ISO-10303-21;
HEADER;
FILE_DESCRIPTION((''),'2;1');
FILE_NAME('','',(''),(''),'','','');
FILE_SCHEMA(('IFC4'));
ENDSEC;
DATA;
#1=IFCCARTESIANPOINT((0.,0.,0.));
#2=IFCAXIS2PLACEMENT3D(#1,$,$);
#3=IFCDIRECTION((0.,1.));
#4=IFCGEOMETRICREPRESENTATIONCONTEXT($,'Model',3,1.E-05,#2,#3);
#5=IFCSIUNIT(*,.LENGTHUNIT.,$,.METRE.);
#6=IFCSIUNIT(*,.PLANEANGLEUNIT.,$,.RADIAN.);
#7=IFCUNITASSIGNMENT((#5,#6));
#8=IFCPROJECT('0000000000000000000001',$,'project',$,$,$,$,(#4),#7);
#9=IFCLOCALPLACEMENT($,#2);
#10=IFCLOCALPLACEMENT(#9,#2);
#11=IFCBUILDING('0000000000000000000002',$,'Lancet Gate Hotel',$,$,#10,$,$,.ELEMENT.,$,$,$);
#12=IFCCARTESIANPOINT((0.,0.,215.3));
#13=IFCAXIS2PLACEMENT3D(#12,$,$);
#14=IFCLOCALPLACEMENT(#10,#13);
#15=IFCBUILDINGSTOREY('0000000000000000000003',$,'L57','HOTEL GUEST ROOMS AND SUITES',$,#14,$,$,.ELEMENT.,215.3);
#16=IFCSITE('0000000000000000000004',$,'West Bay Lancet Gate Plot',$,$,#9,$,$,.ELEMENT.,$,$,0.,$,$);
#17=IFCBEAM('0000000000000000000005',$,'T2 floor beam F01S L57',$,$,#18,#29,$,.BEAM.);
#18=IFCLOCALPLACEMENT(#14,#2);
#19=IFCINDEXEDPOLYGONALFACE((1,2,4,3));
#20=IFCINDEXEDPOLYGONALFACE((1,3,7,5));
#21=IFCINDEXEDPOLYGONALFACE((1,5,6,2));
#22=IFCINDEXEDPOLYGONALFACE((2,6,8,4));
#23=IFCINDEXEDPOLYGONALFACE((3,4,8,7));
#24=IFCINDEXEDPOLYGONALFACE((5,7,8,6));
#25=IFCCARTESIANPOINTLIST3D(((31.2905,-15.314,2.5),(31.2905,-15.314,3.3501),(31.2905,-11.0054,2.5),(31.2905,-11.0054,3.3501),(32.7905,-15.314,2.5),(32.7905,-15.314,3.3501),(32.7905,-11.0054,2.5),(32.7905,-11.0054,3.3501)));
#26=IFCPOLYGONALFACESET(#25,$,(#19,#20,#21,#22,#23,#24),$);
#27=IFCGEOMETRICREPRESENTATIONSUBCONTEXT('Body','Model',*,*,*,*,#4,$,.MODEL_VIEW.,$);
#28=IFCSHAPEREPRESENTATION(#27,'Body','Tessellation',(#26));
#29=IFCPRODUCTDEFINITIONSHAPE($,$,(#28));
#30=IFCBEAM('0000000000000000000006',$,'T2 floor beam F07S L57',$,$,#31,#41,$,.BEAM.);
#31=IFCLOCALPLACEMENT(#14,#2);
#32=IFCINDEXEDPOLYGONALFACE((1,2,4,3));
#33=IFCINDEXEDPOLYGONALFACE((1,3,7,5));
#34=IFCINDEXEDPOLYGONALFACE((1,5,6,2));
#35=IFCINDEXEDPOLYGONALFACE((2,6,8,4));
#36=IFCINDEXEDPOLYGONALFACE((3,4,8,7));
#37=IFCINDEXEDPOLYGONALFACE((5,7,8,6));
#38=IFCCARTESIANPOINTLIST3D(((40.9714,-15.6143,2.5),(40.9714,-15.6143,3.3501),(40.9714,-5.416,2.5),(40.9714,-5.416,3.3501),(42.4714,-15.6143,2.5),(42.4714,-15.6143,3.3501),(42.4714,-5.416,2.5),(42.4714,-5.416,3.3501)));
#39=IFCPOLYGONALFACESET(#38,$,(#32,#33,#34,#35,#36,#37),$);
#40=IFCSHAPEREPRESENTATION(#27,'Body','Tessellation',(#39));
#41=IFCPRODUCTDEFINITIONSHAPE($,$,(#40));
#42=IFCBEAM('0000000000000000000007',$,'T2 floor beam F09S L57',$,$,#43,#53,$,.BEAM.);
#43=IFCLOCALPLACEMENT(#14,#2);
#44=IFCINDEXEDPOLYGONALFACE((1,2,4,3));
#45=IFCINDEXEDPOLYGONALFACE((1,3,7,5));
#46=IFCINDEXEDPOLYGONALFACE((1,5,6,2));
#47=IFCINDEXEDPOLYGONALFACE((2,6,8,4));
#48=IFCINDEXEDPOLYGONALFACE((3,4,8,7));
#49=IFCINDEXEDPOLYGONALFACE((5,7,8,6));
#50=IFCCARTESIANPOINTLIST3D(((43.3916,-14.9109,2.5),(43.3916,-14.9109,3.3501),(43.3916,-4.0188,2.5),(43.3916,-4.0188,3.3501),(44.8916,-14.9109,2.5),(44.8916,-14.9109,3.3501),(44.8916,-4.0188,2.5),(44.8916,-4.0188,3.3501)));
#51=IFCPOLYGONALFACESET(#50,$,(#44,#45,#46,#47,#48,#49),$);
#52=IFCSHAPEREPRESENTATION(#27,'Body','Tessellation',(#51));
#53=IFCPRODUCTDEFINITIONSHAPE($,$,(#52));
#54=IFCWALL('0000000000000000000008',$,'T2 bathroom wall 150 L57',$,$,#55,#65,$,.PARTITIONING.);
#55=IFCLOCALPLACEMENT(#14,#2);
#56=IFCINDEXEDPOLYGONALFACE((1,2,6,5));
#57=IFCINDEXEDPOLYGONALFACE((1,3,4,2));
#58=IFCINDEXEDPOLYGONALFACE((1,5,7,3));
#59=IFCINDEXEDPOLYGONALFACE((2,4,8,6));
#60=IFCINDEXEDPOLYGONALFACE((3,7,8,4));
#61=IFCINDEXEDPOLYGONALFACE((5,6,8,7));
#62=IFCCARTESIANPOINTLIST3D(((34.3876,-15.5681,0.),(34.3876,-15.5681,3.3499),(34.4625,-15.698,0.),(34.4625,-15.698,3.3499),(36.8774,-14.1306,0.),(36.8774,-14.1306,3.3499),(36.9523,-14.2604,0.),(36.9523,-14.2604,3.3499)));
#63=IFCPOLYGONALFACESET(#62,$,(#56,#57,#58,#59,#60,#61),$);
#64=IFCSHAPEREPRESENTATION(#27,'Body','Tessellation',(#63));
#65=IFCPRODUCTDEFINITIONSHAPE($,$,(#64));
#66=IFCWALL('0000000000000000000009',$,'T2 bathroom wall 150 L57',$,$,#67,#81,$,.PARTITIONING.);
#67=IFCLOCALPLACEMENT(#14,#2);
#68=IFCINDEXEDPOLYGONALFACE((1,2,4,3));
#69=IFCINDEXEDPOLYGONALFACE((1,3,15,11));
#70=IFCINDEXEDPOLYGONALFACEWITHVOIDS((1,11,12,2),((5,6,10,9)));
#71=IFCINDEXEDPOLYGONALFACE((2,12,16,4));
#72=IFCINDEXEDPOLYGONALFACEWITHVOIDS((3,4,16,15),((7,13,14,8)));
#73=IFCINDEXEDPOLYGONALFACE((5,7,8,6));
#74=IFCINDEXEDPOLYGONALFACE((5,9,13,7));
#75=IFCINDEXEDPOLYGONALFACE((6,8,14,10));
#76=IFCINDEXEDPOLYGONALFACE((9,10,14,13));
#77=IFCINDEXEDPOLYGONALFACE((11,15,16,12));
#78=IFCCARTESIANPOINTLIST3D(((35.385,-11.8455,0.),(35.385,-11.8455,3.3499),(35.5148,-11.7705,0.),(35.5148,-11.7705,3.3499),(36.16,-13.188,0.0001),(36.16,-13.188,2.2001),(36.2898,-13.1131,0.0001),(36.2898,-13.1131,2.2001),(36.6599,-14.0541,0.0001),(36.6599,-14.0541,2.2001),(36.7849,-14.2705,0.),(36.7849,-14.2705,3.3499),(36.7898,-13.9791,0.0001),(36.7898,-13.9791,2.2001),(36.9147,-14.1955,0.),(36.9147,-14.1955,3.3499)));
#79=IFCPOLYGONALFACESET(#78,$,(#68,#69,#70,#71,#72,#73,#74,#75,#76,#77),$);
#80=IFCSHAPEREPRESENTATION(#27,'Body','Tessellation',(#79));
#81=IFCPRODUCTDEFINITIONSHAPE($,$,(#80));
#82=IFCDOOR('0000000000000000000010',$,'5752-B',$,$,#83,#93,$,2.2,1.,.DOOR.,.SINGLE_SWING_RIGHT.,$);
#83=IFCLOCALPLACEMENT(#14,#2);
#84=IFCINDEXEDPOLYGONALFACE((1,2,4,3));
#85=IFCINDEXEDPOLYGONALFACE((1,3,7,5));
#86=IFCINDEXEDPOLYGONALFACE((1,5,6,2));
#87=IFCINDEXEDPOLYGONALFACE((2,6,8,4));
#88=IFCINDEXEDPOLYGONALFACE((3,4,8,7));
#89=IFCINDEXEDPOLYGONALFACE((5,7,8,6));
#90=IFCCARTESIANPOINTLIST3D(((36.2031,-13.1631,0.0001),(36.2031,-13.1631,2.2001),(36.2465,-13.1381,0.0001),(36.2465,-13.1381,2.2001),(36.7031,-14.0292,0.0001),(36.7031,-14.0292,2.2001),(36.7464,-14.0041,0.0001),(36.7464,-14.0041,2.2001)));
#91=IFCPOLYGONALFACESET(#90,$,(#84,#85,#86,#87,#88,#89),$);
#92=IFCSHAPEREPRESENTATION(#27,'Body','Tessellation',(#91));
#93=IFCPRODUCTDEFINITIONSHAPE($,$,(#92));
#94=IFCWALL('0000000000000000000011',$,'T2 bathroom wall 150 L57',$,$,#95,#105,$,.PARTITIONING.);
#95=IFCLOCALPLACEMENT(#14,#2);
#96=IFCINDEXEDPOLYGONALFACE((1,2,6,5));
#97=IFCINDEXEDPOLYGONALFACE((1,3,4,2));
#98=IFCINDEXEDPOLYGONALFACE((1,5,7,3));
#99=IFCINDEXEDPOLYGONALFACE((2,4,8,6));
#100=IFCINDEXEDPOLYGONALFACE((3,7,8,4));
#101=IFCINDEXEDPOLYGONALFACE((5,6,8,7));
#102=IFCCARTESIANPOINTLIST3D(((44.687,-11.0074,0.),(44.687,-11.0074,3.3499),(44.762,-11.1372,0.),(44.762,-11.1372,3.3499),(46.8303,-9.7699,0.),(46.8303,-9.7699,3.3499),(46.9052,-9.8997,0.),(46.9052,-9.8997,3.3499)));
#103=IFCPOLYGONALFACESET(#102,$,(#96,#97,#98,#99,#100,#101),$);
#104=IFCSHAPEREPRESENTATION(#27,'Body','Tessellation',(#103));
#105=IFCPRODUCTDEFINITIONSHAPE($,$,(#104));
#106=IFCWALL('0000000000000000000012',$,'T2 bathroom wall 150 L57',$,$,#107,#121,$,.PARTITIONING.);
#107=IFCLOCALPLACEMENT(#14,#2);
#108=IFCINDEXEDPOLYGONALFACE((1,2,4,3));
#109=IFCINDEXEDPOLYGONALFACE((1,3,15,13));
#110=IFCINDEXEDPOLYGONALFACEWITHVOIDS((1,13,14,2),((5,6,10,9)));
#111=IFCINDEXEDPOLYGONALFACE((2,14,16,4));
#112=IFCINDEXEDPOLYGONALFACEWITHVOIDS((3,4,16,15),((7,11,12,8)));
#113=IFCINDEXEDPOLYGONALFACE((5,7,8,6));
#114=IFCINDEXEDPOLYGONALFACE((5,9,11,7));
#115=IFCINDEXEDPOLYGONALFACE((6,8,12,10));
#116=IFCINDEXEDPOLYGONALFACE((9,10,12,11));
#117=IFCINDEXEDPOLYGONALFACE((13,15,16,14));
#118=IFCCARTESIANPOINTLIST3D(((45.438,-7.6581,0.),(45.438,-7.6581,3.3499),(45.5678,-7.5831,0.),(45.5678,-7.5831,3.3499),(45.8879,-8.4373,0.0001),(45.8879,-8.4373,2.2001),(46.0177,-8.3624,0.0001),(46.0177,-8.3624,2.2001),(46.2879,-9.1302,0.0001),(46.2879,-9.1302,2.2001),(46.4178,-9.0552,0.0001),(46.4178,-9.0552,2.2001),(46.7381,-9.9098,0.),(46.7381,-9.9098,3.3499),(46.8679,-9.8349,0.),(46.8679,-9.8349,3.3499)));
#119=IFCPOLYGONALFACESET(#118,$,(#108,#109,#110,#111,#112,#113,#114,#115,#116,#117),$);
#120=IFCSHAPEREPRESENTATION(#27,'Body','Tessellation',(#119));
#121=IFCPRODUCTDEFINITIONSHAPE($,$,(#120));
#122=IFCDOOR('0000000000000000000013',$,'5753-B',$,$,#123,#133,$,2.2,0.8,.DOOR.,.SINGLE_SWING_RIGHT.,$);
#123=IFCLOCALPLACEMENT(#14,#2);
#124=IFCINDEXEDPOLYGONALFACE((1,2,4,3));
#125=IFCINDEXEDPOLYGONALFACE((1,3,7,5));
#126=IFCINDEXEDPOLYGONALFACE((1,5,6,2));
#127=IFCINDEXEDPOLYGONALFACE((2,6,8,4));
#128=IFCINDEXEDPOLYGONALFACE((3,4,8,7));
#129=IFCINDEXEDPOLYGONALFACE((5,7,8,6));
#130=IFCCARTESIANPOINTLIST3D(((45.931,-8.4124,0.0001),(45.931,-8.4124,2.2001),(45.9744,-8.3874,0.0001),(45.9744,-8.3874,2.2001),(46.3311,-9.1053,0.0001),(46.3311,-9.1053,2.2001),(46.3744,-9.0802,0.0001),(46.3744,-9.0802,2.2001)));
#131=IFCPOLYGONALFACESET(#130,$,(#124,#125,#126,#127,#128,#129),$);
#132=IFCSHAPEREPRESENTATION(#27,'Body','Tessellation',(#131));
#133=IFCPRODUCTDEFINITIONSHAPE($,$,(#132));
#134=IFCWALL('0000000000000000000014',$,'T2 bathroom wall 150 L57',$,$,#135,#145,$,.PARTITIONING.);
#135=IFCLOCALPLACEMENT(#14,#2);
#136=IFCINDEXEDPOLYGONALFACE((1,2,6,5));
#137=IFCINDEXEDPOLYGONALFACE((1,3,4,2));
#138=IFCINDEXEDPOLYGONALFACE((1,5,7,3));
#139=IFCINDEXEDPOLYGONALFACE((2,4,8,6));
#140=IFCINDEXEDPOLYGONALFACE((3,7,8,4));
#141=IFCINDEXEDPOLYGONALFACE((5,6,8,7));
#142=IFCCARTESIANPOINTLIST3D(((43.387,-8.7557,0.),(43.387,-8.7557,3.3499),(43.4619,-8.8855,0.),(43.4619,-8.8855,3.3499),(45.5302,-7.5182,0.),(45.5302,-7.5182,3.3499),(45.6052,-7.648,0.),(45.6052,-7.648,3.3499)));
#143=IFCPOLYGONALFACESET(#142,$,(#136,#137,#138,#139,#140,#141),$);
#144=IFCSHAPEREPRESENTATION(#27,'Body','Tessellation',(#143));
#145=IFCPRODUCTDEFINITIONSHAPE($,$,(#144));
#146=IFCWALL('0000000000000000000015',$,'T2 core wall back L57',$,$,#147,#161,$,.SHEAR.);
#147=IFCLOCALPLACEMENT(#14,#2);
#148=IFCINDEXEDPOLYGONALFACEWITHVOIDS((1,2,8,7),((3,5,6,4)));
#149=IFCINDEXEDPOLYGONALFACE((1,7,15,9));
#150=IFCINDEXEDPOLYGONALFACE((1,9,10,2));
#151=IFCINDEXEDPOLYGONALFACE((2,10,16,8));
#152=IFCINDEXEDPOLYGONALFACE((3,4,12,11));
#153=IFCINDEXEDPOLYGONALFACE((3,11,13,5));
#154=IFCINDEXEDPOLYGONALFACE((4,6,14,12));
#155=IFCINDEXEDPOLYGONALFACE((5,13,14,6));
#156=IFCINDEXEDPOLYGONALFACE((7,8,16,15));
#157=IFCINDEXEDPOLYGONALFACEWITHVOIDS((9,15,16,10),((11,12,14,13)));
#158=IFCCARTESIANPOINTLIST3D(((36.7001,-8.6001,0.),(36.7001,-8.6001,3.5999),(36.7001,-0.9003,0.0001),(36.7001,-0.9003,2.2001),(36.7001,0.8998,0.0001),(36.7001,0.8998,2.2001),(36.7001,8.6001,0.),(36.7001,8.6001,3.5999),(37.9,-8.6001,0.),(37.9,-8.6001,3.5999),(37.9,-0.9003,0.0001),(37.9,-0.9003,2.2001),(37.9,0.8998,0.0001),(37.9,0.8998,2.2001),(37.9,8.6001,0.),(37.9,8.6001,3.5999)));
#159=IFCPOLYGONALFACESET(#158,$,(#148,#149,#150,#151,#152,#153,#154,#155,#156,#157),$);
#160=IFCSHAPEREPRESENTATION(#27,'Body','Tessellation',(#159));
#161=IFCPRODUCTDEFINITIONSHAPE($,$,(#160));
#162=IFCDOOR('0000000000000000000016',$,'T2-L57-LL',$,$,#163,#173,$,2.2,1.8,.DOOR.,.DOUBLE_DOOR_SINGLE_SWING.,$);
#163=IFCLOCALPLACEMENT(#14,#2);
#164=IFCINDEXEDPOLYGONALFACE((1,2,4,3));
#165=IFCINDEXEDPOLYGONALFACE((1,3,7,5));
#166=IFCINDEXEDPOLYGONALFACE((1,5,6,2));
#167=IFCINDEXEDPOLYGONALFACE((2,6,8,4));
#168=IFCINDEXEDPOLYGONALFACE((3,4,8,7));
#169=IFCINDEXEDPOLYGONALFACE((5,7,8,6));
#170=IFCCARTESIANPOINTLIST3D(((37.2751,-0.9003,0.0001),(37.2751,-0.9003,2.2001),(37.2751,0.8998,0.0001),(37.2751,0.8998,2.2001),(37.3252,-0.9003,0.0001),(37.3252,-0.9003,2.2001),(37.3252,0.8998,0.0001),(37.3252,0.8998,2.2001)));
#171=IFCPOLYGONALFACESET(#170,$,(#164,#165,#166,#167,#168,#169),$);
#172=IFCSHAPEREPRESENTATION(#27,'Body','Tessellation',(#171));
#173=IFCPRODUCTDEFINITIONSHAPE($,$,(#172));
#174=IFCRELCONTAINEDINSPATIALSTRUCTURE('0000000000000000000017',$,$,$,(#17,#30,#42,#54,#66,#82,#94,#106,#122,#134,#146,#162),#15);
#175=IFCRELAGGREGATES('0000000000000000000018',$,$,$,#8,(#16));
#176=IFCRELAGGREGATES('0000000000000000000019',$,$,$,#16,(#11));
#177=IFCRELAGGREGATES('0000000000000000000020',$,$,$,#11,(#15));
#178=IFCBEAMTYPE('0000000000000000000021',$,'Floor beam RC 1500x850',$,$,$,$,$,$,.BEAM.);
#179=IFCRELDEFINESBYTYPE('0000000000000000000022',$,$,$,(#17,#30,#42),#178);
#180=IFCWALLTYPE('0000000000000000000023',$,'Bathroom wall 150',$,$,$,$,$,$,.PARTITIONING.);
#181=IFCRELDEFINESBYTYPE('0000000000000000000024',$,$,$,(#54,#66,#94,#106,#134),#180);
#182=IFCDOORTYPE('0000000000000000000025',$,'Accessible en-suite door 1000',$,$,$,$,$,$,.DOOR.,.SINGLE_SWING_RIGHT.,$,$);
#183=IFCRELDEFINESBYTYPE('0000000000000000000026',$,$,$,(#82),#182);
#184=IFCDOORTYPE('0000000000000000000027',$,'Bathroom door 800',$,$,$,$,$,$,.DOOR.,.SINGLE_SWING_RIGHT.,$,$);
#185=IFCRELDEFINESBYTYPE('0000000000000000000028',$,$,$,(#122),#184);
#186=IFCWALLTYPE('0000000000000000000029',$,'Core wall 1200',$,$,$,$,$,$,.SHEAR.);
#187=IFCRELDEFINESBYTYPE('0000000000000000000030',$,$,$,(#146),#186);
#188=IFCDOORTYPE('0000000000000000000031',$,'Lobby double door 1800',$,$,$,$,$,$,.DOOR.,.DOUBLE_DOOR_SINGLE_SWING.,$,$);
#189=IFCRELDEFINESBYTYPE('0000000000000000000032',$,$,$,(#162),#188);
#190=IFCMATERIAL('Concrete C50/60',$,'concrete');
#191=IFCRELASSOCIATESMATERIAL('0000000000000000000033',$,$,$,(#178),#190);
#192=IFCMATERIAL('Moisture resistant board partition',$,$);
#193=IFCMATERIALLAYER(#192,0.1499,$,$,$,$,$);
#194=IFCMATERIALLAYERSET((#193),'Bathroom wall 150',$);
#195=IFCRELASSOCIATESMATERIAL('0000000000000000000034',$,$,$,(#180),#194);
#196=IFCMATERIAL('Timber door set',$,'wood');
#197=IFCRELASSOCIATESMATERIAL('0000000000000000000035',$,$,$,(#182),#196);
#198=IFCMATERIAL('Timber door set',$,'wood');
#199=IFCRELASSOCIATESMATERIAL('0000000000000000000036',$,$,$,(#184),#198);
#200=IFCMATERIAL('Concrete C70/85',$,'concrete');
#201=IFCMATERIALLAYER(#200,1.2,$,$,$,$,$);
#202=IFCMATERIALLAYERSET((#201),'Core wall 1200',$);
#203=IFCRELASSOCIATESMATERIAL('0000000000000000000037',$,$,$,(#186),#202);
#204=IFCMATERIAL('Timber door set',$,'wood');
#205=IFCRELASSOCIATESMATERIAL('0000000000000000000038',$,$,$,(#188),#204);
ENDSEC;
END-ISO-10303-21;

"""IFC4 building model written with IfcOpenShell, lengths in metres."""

from ifc_helpers import new_model, si_unit, direction, frame, frame_2d, origin, origin_2d, place, context, subcontext, project, spatial, rectangle, extrude, material, layer, layer_set, material_profile, profile_set, type_object, element, fill, save


model = new_model("IFC4")

# Units and contexts
model_context = context("Model", 3, precision=1e-05, world=origin(), true_north=direction((0.0, 1.0)))
body_context = subcontext(model_context, "Body", "Model", "MODEL_VIEW")
ifc_project = project(units=[si_unit("LENGTHUNIT", "METRE"), si_unit("PLANEANGLEUNIT", "RADIAN")], contexts=[model_context])

# Site, building, storey
site_placement = place(None, origin())
site = spatial("IfcSite", under=ifc_project, at=site_placement, Name="West Bay Lancet Gate Plot", CompositionType="ELEMENT", RefElevation=0.0)
building_placement = place(site_placement, origin())
building = spatial("IfcBuilding", under=site, at=building_placement, Name="Lancet Gate Hotel", CompositionType="ELEMENT")
storey_placement = place(building_placement, frame((0.0, 0.0, 215.3)))
storey = spatial("IfcBuildingStorey", under=building, at=storey_placement, Name="L57", Description="HOTEL GUEST ROOMS AND SUITES", CompositionType="ELEMENT", Elevation=215.3)

# Beams
ifc_material_1 = material(Name="Concrete C50/60", Category="concrete")
ifc_material_profile = material_profile(ifc_material_1, rectangle(XDim=1.5, YDim=0.8501, at=origin_2d()), Name="RC 1500x850")
ifc_profile_set = profile_set([ifc_material_profile], Name="Concrete C50/60")
beam_type = type_object("IfcBeamType", Name="Floor beam RC 1500x850", PredefinedType="BEAM", material=ifc_profile_set)
beam_1_placement = place(storey_placement, frame((32.0405, -15.314, 2.925), z_axis=(0.0, 1.0, 0.0), x_axis=(-1.0, 0.0, 0.0)))
element("IfcBeam", 1, at=beam_1_placement, inside=storey, type_object=beam_type, Name="T2 floor beam F01S L57", PredefinedType="BEAM", context=body_context, shape_type="SweptSolid", body=[
    extrude(rectangle(XDim=1.5, YDim=0.8501, at=origin_2d()), origin(), (0.0, 0.0, 1.0), 4.3086),
])
beam_2_placement = place(storey_placement, frame((41.7214, -15.6143, 2.925), z_axis=(0.0, 1.0, 0.0), x_axis=(-1.0, 0.0, 0.0)))
element("IfcBeam", 2, at=beam_2_placement, inside=storey, type_object=beam_type, Name="T2 floor beam F07S L57", PredefinedType="BEAM", context=body_context, shape_type="SweptSolid", body=[
    extrude(rectangle(XDim=1.5, YDim=0.8501, at=origin_2d()), origin(), (0.0, 0.0, 1.0), 10.1982),
])
beam_3_placement = place(storey_placement, frame((44.1416, -14.9109, 2.925), z_axis=(0.0, 1.0, 0.0), x_axis=(-1.0, 0.0, 0.0)))
element("IfcBeam", 3, at=beam_3_placement, inside=storey, type_object=beam_type, Name="T2 floor beam F09S L57", PredefinedType="BEAM", context=body_context, shape_type="SweptSolid", body=[
    extrude(rectangle(XDim=1.5, YDim=0.8501, at=origin_2d()), origin(), (0.0, 0.0, 1.0), 10.8921),
])

# Wall
ifc_material_2 = material(Name="Moisture resistant board partition")
ifc_layer_1 = layer(ifc_material_2, 0.1499)
ifc_layer_set_1 = layer_set([ifc_layer_1], Name="Bathroom wall 150")
wall_type_1 = type_object("IfcWallType", Name="Bathroom wall 150", PredefinedType="PARTITIONING", material=ifc_layer_set_1)
wall_1_placement = place(storey_placement, frame((34.425, -15.6331, 0.0), z_axis=(0.0, 0.0, 1.0), x_axis=(0.866019, 0.500012, 0.0)))
element("IfcWall", 4, at=wall_1_placement, inside=storey, type_object=wall_type_1, Name="T2 bathroom wall 150 L57", PredefinedType="PARTITIONING", context=body_context, shape_type="SweptSolid", body=[
    extrude(rectangle(XDim=2.875, YDim=0.1499, at=frame_2d((1.4375, 0.0))), origin(), (0.0, 0.0, 1.0), 3.3499),
])

# Wall, opening, door
wall_2_placement = place(storey_placement, frame((35.45, -11.8081, 0.0), z_axis=(0.0, 0.0, 1.0), x_axis=(0.499946, -0.866056, 0.0)))
wall_2 = element("IfcWall", 5, at=wall_2_placement, inside=storey, type_object=wall_type_1, Name="T2 bathroom wall 150 L57", PredefinedType="PARTITIONING", context=body_context, shape_type="SweptSolid", body=[
    extrude(rectangle(XDim=2.8, YDim=0.1499, at=frame_2d((1.3999, 0.0))), origin(), (0.0, 0.0, 1.0), 3.3499),
])
opening_1_placement = place(wall_2_placement, frame((1.55, 0.0, 0.0)))
opening_1 = element("IfcOpeningElement", 6, at=opening_1_placement, cuts=wall_2, PredefinedType="OPENING", context=body_context, shape_type="SweptSolid", body=[
    extrude(rectangle(XDim=1.0, YDim=2.2, at=frame_2d((0.5, 1.1001))), frame((0.0, 0.085, 0.0), z_axis=(0.0, -1.0, 0.0), x_axis=(1.0, 0.0, 0.0)), (0.0, 0.0, 1.0), 0.1699),
])
ifc_material_3 = material(Name="Timber door set", Category="wood")
door_type_1 = type_object("IfcDoorType", Name="Accessible en-suite door 1000", OperationType="SINGLE_SWING_RIGHT", PredefinedType="DOOR", material=ifc_material_3)
door_1_placement = place(opening_1_placement, origin())
door_1 = element("IfcDoor", 7, at=door_1_placement, inside=storey, type_object=door_type_1, Name="5752-B", OperationType="SINGLE_SWING_RIGHT", OverallHeight=2.2, OverallWidth=1.0, PredefinedType="DOOR", context=body_context, shape_type="SweptSolid", body=[
    extrude(rectangle(XDim=1.0, YDim=2.2, at=frame_2d((0.5, 1.1001))), frame((0.0, 0.0249, 0.0), z_axis=(0.0, -1.0, 0.0), x_axis=(1.0, 0.0, 0.0)), (0.0, 0.0, 1.0), 0.05),
])
fill(opening_1, door_1)

# Wall
wall_3_placement = place(storey_placement, frame((44.7246, -11.0723, 0.0), z_axis=(0.0, 0.0, 1.0), x_axis=(0.866007, 0.500033, 0.0)))
element("IfcWall", 8, at=wall_3_placement, inside=storey, type_object=wall_type_1, Name="T2 bathroom wall 150 L57", PredefinedType="PARTITIONING", context=body_context, shape_type="SweptSolid", body=[
    extrude(rectangle(XDim=2.4749, YDim=0.1499, at=frame_2d((1.2373, 0.0))), origin(), (0.0, 0.0, 1.0), 3.3499),
])

# Wall, opening, door
wall_4_placement = place(storey_placement, frame((45.5029, -7.6206, 0.0), z_axis=(0.0, 0.0, 1.0), x_axis=(0.500007, -0.866021, 0.0)))
wall_4 = element("IfcWall", 9, at=wall_4_placement, inside=storey, type_object=wall_type_1, Name="T2 bathroom wall 150 L57", PredefinedType="PARTITIONING", context=body_context, shape_type="SweptSolid", body=[
    extrude(rectangle(XDim=2.6001, YDim=0.1499, at=frame_2d((1.3, 0.0))), origin(), (0.0, 0.0, 1.0), 3.3499),
])
opening_2_placement = place(wall_4_placement, frame((0.8999, 0.0, 0.0)))
opening_2 = element("IfcOpeningElement", 10, at=opening_2_placement, cuts=wall_4, PredefinedType="OPENING", context=body_context, shape_type="SweptSolid", body=[
    extrude(rectangle(XDim=0.8, YDim=2.2, at=frame_2d((0.3999, 1.1001))), frame((0.0, 0.085, 0.0), z_axis=(0.0, -1.0, 0.0), x_axis=(1.0, 0.0, 0.0)), (0.0, 0.0, 1.0), 0.1699),
])
ifc_material_4 = material(Name="Timber door set", Category="wood")
door_type_2 = type_object("IfcDoorType", Name="Bathroom door 800", OperationType="SINGLE_SWING_RIGHT", PredefinedType="DOOR", material=ifc_material_4)
door_2_placement = place(opening_2_placement, origin())
door_2 = element("IfcDoor", 11, at=door_2_placement, inside=storey, type_object=door_type_2, Name="5753-B", OperationType="SINGLE_SWING_RIGHT", OverallHeight=2.2, OverallWidth=0.8, PredefinedType="DOOR", context=body_context, shape_type="SweptSolid", body=[
    extrude(rectangle(XDim=0.8, YDim=2.2, at=frame_2d((0.3999, 1.1001))), frame((0.0, 0.0249, 0.0), z_axis=(0.0, -1.0, 0.0), x_axis=(1.0, 0.0, 0.0)), (0.0, 0.0, 1.0), 0.05),
])
fill(opening_2, door_2)

# Wall
wall_5_placement = place(storey_placement, frame((43.4246, -8.8206, 0.0), z_axis=(0.0, 0.0, 1.0), x_axis=(0.866007, 0.500033, 0.0)))
element("IfcWall", 12, at=wall_5_placement, inside=storey, type_object=wall_type_1, Name="T2 bathroom wall 150 L57", PredefinedType="PARTITIONING", context=body_context, shape_type="SweptSolid", body=[
    extrude(rectangle(XDim=2.4749, YDim=0.1499, at=frame_2d((1.2373, 0.0))), origin(), (0.0, 0.0, 1.0), 3.3499),
])

# Wall, opening, door
ifc_material_5 = material(Name="Concrete C70/85", Category="concrete")
ifc_layer_2 = layer(ifc_material_5, 1.2)
ifc_layer_set_2 = layer_set([ifc_layer_2], Name="Core wall 1200")
wall_type_2 = type_object("IfcWallType", Name="Core wall 1200", PredefinedType="SHEAR", material=ifc_layer_set_2)
wall_6_placement = place(storey_placement, frame((37.3, -8.6001, 0.0), z_axis=(0.0, 0.0, 1.0), x_axis=(0.0, 1.0, 0.0)))
wall_6 = element("IfcWall", 13, at=wall_6_placement, inside=storey, type_object=wall_type_2, Name="T2 core wall back L57", PredefinedType="SHEAR", context=body_context, shape_type="SweptSolid", body=[
    extrude(rectangle(XDim=17.2002, YDim=1.2, at=frame_2d((8.6001, 0.0))), origin(), (0.0, 0.0, 1.0), 3.5999),
])
opening_3_placement = place(wall_6_placement, frame((7.7, 0.0, 0.0)))
opening_3 = element("IfcOpeningElement", 14, at=opening_3_placement, cuts=wall_6, PredefinedType="OPENING", context=body_context, shape_type="SweptSolid", body=[
    extrude(rectangle(XDim=1.8, YDim=2.2, at=frame_2d((0.8999, 1.1001))), frame((0.0, 0.6099, 0.0), z_axis=(0.0, -1.0, 0.0), x_axis=(1.0, 0.0, 0.0)), (0.0, 0.0, 1.0), 1.22),
])
ifc_material_6 = material(Name="Timber door set", Category="wood")
door_type_3 = type_object("IfcDoorType", Name="Lobby double door 1800", OperationType="DOUBLE_DOOR_SINGLE_SWING", PredefinedType="DOOR", material=ifc_material_6)
door_3_placement = place(opening_3_placement, origin())
door_3 = element("IfcDoor", 15, at=door_3_placement, inside=storey, type_object=door_type_3, Name="T2-L57-LL", OperationType="DOUBLE_DOOR_SINGLE_SWING", OverallHeight=2.2, OverallWidth=1.8, PredefinedType="DOOR", context=body_context, shape_type="SweptSolid", body=[
    extrude(rectangle(XDim=1.8, YDim=2.2, at=frame_2d((0.8999, 1.1001))), frame((0.0, 0.0249, 0.0), z_axis=(0.0, -1.0, 0.0), x_axis=(1.0, 0.0, 0.0)), (0.0, 0.0, 1.0), 0.05),
])
fill(opening_3, door_3)

save(model, "model.ifc")
